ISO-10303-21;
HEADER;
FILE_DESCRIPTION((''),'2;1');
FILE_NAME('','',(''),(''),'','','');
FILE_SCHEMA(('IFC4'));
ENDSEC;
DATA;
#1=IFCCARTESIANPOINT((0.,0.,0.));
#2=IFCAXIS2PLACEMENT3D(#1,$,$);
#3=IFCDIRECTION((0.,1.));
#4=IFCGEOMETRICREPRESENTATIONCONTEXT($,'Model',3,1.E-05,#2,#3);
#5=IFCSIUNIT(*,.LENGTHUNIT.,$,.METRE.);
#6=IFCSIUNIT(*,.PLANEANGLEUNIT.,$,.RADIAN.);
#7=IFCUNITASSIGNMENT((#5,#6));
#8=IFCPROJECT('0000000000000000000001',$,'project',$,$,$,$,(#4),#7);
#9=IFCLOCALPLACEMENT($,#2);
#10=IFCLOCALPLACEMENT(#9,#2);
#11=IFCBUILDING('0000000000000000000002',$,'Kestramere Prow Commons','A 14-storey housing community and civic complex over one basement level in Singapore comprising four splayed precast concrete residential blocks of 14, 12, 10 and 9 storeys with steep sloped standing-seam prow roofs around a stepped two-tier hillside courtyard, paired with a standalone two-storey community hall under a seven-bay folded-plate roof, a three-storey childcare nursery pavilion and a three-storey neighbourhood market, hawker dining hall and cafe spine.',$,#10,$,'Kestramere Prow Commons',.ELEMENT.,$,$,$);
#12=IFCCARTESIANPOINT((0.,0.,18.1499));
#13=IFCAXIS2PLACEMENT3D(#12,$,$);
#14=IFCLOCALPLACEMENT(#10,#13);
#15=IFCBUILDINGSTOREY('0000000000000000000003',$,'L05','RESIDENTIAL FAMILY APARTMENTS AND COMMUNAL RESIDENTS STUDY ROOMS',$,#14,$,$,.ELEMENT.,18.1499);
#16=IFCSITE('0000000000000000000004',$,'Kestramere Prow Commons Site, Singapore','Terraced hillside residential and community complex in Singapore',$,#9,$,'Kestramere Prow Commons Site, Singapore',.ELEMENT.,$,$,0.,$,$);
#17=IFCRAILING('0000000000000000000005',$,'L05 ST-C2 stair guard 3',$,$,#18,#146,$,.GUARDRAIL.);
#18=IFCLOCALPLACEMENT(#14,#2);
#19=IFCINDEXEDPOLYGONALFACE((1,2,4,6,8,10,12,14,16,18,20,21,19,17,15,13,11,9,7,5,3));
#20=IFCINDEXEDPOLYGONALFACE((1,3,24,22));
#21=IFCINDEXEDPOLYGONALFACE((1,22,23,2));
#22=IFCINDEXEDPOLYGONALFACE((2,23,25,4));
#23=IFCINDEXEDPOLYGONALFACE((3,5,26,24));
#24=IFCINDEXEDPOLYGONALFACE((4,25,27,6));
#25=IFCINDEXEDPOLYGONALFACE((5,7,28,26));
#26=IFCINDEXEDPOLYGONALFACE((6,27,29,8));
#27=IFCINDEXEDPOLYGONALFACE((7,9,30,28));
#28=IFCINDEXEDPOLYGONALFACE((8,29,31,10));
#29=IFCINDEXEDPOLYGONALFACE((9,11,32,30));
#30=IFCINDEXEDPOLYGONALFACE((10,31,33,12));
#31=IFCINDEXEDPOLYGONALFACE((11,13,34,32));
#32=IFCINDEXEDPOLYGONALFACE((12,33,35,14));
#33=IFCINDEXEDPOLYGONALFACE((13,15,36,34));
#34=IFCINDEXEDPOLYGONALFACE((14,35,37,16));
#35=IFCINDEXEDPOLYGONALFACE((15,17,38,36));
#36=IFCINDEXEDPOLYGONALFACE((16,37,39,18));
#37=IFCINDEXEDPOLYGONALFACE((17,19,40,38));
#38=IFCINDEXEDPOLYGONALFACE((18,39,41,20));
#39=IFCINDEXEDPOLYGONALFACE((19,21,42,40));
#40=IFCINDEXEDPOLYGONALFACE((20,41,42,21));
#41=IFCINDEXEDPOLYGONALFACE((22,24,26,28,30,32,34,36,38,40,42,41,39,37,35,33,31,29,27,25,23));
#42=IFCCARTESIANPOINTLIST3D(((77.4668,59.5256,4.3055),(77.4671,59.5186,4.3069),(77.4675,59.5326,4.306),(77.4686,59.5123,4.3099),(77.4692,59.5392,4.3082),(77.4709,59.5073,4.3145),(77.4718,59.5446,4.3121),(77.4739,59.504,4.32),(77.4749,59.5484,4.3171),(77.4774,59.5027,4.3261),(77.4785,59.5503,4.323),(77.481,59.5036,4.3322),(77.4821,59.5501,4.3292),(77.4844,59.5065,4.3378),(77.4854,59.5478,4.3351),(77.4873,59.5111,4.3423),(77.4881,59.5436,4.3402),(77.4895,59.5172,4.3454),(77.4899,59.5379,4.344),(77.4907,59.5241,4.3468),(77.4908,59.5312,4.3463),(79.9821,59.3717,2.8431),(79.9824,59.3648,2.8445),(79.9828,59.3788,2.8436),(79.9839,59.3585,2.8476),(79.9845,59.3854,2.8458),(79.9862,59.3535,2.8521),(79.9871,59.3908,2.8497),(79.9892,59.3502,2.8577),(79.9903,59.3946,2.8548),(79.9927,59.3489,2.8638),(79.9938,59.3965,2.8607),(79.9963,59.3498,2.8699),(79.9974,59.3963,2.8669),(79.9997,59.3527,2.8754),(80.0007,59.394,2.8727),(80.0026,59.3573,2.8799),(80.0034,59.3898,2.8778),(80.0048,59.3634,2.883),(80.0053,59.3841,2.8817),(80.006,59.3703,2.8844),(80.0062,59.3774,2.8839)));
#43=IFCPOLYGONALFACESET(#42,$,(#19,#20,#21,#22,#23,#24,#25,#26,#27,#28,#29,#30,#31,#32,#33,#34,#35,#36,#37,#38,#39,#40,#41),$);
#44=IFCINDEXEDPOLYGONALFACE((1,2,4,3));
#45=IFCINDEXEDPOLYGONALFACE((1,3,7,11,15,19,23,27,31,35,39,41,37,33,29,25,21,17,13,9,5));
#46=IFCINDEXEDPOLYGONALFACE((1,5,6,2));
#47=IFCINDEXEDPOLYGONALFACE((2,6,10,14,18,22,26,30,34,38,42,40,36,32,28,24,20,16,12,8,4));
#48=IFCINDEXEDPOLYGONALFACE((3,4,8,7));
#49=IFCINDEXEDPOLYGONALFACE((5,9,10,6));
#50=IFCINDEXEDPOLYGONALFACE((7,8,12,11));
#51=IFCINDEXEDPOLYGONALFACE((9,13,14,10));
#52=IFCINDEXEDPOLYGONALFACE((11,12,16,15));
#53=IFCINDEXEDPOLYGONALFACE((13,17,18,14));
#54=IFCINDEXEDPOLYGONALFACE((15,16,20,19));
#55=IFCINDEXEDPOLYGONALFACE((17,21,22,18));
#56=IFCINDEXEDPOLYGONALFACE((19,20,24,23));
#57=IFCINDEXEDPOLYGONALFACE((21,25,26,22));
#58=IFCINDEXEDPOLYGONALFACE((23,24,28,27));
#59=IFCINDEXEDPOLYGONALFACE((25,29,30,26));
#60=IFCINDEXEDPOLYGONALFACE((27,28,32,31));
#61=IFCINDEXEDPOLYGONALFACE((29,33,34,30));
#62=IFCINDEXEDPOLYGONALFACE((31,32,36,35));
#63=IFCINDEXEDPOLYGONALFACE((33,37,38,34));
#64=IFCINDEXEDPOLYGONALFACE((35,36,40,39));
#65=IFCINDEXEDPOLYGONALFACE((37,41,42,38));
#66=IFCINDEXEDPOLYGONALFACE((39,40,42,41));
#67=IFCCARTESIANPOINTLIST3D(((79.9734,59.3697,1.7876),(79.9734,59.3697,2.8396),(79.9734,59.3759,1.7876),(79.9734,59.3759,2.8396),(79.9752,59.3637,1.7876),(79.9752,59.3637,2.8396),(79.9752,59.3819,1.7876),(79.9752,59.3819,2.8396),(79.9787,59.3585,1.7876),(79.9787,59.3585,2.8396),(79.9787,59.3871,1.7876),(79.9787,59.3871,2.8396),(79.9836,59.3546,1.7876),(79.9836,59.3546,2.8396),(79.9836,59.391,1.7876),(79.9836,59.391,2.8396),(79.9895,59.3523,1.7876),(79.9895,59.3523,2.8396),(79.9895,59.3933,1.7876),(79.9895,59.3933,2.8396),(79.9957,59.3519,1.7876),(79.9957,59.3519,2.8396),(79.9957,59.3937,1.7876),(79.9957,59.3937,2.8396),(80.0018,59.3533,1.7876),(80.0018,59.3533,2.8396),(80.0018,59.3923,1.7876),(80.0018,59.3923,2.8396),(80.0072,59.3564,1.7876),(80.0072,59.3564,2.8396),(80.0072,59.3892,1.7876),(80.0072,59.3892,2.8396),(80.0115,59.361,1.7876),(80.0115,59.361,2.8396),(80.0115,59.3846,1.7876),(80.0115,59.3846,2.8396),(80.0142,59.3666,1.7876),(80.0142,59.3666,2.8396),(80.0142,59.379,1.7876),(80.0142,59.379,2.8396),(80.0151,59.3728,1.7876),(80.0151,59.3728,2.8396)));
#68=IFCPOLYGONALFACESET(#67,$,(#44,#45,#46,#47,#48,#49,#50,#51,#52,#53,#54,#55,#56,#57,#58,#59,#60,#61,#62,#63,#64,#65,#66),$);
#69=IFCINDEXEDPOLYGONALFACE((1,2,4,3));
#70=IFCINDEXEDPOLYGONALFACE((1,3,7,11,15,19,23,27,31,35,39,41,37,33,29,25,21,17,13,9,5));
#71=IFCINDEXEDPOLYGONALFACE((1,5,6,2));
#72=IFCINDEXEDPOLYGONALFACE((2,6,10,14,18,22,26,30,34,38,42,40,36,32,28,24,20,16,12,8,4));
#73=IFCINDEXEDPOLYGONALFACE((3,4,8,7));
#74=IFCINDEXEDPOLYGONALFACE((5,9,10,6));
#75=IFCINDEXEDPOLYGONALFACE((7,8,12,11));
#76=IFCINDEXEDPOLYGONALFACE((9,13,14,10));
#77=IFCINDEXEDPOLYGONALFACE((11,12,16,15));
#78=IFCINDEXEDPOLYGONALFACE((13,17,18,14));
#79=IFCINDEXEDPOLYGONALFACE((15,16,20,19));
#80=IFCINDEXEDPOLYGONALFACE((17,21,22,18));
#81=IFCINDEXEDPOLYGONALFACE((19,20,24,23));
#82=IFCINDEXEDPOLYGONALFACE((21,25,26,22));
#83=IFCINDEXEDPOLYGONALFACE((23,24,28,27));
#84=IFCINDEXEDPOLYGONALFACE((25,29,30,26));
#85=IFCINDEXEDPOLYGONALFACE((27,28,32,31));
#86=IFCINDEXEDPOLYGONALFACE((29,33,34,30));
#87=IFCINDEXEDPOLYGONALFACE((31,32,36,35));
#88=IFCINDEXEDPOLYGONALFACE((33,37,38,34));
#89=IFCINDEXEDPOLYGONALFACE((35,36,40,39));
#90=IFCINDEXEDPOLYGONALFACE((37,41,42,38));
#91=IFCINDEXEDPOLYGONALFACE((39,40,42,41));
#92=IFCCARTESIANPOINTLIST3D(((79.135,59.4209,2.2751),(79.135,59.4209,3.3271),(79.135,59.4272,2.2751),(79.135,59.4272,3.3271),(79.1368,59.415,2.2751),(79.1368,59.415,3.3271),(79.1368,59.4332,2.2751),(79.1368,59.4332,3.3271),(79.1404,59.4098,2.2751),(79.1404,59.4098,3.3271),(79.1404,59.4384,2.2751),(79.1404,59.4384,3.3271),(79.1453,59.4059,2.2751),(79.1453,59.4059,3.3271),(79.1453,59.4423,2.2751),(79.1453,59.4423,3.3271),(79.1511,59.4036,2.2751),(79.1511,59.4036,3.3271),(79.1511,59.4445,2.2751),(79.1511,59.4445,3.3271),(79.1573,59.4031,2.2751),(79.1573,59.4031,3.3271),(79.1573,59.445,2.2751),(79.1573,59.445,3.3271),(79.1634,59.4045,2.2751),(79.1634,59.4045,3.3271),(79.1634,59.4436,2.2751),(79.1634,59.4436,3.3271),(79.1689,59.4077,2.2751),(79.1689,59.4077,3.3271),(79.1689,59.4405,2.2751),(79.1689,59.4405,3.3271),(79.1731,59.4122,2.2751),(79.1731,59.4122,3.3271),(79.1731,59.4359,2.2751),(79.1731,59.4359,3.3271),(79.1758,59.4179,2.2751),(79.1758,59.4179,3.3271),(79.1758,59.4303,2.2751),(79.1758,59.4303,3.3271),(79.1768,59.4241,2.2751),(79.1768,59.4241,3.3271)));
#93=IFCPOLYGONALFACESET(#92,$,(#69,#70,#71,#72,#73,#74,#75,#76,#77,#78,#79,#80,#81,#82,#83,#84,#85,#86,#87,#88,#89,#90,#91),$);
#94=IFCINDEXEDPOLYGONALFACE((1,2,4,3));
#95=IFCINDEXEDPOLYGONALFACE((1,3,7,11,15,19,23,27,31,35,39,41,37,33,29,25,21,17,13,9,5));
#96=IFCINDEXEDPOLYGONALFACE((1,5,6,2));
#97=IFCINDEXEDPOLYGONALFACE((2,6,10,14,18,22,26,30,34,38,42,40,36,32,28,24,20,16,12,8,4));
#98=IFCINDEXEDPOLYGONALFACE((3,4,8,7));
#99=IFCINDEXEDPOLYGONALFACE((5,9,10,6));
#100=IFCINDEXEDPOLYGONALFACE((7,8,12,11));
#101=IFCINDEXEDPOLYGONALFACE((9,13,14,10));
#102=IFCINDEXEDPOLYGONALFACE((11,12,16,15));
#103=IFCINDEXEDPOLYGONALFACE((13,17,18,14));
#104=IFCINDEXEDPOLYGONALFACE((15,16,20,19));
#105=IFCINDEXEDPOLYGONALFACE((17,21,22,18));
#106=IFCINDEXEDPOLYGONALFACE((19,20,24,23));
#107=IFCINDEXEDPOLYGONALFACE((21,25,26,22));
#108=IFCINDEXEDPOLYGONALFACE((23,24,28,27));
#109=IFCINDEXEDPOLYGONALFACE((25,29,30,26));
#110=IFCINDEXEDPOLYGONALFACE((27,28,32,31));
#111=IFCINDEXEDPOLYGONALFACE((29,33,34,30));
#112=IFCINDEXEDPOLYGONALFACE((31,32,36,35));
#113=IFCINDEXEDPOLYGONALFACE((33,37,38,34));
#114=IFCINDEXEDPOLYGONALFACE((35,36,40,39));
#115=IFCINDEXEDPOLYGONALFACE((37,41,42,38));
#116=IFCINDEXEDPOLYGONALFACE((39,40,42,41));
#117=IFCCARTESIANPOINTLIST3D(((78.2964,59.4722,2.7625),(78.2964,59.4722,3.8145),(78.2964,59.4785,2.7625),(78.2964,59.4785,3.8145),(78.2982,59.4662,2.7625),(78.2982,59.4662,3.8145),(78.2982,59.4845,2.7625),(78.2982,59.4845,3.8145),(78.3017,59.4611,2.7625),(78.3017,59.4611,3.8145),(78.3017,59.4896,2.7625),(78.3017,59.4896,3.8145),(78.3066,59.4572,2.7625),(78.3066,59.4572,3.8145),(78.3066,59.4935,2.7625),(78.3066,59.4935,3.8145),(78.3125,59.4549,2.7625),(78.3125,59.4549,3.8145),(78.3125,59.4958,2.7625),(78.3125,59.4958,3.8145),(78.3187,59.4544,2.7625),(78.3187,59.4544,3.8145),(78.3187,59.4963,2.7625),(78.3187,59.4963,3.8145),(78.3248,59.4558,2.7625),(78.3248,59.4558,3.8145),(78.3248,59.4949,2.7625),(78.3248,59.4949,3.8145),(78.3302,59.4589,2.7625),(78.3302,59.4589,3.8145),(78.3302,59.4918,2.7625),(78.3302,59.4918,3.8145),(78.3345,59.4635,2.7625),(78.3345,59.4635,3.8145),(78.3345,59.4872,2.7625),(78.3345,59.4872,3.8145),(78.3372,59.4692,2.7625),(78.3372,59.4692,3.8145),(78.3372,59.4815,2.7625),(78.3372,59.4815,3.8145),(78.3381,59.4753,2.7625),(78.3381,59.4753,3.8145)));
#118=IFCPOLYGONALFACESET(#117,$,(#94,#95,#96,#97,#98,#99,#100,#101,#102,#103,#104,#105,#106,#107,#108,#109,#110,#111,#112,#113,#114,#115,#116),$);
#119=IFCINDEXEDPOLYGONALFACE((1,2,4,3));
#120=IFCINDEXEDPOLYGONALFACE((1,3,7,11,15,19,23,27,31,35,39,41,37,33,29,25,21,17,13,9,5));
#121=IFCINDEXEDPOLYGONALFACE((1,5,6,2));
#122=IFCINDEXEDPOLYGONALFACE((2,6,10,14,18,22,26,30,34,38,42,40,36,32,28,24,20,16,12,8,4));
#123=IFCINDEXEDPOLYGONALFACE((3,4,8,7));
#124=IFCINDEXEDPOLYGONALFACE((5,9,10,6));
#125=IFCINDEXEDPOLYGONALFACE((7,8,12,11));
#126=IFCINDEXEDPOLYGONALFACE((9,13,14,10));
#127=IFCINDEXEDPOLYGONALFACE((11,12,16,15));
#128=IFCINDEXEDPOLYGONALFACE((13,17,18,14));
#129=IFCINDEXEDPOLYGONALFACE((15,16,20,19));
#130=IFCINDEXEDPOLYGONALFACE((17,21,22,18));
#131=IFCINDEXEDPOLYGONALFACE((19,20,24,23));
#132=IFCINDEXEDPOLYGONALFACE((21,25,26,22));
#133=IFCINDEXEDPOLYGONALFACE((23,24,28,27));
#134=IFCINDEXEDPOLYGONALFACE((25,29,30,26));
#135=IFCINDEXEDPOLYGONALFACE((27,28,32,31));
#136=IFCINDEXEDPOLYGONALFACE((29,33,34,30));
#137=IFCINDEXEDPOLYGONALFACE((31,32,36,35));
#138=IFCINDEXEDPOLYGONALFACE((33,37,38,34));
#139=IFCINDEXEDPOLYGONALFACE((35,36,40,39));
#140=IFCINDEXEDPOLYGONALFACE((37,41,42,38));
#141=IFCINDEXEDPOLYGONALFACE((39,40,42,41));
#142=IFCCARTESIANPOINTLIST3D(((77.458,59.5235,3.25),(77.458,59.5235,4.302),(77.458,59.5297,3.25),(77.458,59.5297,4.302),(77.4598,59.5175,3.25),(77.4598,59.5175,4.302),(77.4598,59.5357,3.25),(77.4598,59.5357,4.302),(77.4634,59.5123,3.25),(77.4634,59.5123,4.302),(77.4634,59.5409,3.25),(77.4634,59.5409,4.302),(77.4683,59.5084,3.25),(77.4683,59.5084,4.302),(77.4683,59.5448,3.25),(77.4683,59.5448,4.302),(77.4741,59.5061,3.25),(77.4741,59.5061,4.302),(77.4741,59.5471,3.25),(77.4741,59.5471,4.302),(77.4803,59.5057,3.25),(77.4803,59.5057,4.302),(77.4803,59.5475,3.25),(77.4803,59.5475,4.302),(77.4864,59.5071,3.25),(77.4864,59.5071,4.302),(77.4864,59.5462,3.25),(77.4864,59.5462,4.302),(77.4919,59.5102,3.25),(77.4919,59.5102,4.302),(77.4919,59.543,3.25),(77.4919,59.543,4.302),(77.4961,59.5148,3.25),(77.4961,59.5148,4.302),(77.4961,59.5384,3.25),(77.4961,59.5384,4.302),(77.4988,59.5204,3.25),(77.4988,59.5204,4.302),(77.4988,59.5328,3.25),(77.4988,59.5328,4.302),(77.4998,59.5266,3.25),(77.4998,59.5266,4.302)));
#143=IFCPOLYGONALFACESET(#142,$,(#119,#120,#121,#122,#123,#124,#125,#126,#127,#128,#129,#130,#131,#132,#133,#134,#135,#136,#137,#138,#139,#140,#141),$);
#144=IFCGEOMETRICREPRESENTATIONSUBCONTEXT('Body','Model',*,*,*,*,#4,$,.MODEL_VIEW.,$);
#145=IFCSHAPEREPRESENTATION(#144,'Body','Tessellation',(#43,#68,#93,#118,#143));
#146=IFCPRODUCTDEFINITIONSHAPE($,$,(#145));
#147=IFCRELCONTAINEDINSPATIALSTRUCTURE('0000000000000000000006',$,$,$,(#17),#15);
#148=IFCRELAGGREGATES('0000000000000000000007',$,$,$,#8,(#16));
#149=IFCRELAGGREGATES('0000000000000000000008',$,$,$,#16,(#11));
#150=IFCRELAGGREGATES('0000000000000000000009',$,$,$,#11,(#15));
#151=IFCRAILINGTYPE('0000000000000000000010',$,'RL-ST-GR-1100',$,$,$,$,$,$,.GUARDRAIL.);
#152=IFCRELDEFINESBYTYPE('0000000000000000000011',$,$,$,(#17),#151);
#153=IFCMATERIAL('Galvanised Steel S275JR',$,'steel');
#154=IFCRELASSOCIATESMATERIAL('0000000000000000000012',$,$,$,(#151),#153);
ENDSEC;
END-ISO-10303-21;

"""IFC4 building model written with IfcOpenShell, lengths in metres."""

from ifc_helpers import new_model, si_unit, direction, frame, origin, origin_2d, place, context, subcontext, project, spatial, circle, extrude, material, type_object, element, save


model = new_model("IFC4")

# Units and contexts
model_context = context("Model", 3, precision=1e-05, world=origin(), true_north=direction((0.0, 1.0)))
body_context = subcontext(model_context, "Body", "Model", "MODEL_VIEW")
ifc_project = project(units=[si_unit("LENGTHUNIT", "METRE"), si_unit("PLANEANGLEUNIT", "RADIAN")], contexts=[model_context])

# Site, building, storey
site_placement = place(None, origin())
site = spatial("IfcSite", under=ifc_project, at=site_placement, Name="Kestramere Prow Commons Site, Singapore", Description="Terraced hillside residential and community complex in Singapore", LongName="Kestramere Prow Commons Site, Singapore", CompositionType="ELEMENT", RefElevation=0.0)
building_placement = place(site_placement, origin())
building = spatial("IfcBuilding", under=site, at=building_placement, Name="Kestramere Prow Commons", Description="A 14-storey housing community and civic complex over one basement level in Singapore comprising four splayed precast concrete residential blocks of 14, 12, 10 and 9 storeys with steep sloped standing-seam prow roofs around a stepped two-tier hillside courtyard, paired with a standalone two-storey community hall under a seven-bay folded-plate roof, a three-storey childcare nursery pavilion and a three-storey neighbourhood market, hawker dining hall and cafe spine.", LongName="Kestramere Prow Commons", CompositionType="ELEMENT")
storey_placement = place(building_placement, frame((0.0, 0.0, 18.1499)))
storey = spatial("IfcBuildingStorey", under=building, at=storey_placement, Name="L05", Description="RESIDENTIAL FAMILY APARTMENTS AND COMMUNAL RESIDENTS STUDY ROOMS", CompositionType="ELEMENT", Elevation=18.1499)

# Railing
ifc_material_1 = material(Name="Galvanised Steel S275JR", Category="steel")
railing_type_1 = type_object("IfcRailingType", Name="RL-ST-GR-1100", PredefinedType="GUARDRAIL", material=ifc_material_1)
railing_1_placement = place(storey_placement, frame((79.9941, 59.3728, 1.7876)))
element("IfcRailing", 1, at=railing_1_placement, inside=storey, type_object=railing_type_1, Name="L05 ST-C2 stair guard 3", PredefinedType="GUARDRAIL", context=body_context, shape_type="SweptSolid", body=[
    extrude(circle(Radius=0.0239, at=origin_2d()), frame((0.0, 0.0, 1.0762), z_axis=(-0.863306, 0.052789, 0.501912), x_axis=(-0.061033, -0.998136, 0.0)), (0.0, 0.0, 1.0), 2.9136),
    extrude(circle(Radius=0.021, at=origin_2d()), origin(), (0.0, 0.0, 1.0), 1.052),
    extrude(circle(Radius=0.021, at=origin_2d()), frame((-0.8384, 0.0513, 0.4875)), (0.0, 0.0, 1.0), 1.052),
    extrude(circle(Radius=0.021, at=origin_2d()), frame((-1.677, 0.1025, 0.9749)), (0.0, 0.0, 1.0), 1.052),
    extrude(circle(Radius=0.021, at=origin_2d()), frame((-2.5154, 0.1538, 1.4624)), (0.0, 0.0, 1.0), 1.052),
])

save(model, "model.ifc")
